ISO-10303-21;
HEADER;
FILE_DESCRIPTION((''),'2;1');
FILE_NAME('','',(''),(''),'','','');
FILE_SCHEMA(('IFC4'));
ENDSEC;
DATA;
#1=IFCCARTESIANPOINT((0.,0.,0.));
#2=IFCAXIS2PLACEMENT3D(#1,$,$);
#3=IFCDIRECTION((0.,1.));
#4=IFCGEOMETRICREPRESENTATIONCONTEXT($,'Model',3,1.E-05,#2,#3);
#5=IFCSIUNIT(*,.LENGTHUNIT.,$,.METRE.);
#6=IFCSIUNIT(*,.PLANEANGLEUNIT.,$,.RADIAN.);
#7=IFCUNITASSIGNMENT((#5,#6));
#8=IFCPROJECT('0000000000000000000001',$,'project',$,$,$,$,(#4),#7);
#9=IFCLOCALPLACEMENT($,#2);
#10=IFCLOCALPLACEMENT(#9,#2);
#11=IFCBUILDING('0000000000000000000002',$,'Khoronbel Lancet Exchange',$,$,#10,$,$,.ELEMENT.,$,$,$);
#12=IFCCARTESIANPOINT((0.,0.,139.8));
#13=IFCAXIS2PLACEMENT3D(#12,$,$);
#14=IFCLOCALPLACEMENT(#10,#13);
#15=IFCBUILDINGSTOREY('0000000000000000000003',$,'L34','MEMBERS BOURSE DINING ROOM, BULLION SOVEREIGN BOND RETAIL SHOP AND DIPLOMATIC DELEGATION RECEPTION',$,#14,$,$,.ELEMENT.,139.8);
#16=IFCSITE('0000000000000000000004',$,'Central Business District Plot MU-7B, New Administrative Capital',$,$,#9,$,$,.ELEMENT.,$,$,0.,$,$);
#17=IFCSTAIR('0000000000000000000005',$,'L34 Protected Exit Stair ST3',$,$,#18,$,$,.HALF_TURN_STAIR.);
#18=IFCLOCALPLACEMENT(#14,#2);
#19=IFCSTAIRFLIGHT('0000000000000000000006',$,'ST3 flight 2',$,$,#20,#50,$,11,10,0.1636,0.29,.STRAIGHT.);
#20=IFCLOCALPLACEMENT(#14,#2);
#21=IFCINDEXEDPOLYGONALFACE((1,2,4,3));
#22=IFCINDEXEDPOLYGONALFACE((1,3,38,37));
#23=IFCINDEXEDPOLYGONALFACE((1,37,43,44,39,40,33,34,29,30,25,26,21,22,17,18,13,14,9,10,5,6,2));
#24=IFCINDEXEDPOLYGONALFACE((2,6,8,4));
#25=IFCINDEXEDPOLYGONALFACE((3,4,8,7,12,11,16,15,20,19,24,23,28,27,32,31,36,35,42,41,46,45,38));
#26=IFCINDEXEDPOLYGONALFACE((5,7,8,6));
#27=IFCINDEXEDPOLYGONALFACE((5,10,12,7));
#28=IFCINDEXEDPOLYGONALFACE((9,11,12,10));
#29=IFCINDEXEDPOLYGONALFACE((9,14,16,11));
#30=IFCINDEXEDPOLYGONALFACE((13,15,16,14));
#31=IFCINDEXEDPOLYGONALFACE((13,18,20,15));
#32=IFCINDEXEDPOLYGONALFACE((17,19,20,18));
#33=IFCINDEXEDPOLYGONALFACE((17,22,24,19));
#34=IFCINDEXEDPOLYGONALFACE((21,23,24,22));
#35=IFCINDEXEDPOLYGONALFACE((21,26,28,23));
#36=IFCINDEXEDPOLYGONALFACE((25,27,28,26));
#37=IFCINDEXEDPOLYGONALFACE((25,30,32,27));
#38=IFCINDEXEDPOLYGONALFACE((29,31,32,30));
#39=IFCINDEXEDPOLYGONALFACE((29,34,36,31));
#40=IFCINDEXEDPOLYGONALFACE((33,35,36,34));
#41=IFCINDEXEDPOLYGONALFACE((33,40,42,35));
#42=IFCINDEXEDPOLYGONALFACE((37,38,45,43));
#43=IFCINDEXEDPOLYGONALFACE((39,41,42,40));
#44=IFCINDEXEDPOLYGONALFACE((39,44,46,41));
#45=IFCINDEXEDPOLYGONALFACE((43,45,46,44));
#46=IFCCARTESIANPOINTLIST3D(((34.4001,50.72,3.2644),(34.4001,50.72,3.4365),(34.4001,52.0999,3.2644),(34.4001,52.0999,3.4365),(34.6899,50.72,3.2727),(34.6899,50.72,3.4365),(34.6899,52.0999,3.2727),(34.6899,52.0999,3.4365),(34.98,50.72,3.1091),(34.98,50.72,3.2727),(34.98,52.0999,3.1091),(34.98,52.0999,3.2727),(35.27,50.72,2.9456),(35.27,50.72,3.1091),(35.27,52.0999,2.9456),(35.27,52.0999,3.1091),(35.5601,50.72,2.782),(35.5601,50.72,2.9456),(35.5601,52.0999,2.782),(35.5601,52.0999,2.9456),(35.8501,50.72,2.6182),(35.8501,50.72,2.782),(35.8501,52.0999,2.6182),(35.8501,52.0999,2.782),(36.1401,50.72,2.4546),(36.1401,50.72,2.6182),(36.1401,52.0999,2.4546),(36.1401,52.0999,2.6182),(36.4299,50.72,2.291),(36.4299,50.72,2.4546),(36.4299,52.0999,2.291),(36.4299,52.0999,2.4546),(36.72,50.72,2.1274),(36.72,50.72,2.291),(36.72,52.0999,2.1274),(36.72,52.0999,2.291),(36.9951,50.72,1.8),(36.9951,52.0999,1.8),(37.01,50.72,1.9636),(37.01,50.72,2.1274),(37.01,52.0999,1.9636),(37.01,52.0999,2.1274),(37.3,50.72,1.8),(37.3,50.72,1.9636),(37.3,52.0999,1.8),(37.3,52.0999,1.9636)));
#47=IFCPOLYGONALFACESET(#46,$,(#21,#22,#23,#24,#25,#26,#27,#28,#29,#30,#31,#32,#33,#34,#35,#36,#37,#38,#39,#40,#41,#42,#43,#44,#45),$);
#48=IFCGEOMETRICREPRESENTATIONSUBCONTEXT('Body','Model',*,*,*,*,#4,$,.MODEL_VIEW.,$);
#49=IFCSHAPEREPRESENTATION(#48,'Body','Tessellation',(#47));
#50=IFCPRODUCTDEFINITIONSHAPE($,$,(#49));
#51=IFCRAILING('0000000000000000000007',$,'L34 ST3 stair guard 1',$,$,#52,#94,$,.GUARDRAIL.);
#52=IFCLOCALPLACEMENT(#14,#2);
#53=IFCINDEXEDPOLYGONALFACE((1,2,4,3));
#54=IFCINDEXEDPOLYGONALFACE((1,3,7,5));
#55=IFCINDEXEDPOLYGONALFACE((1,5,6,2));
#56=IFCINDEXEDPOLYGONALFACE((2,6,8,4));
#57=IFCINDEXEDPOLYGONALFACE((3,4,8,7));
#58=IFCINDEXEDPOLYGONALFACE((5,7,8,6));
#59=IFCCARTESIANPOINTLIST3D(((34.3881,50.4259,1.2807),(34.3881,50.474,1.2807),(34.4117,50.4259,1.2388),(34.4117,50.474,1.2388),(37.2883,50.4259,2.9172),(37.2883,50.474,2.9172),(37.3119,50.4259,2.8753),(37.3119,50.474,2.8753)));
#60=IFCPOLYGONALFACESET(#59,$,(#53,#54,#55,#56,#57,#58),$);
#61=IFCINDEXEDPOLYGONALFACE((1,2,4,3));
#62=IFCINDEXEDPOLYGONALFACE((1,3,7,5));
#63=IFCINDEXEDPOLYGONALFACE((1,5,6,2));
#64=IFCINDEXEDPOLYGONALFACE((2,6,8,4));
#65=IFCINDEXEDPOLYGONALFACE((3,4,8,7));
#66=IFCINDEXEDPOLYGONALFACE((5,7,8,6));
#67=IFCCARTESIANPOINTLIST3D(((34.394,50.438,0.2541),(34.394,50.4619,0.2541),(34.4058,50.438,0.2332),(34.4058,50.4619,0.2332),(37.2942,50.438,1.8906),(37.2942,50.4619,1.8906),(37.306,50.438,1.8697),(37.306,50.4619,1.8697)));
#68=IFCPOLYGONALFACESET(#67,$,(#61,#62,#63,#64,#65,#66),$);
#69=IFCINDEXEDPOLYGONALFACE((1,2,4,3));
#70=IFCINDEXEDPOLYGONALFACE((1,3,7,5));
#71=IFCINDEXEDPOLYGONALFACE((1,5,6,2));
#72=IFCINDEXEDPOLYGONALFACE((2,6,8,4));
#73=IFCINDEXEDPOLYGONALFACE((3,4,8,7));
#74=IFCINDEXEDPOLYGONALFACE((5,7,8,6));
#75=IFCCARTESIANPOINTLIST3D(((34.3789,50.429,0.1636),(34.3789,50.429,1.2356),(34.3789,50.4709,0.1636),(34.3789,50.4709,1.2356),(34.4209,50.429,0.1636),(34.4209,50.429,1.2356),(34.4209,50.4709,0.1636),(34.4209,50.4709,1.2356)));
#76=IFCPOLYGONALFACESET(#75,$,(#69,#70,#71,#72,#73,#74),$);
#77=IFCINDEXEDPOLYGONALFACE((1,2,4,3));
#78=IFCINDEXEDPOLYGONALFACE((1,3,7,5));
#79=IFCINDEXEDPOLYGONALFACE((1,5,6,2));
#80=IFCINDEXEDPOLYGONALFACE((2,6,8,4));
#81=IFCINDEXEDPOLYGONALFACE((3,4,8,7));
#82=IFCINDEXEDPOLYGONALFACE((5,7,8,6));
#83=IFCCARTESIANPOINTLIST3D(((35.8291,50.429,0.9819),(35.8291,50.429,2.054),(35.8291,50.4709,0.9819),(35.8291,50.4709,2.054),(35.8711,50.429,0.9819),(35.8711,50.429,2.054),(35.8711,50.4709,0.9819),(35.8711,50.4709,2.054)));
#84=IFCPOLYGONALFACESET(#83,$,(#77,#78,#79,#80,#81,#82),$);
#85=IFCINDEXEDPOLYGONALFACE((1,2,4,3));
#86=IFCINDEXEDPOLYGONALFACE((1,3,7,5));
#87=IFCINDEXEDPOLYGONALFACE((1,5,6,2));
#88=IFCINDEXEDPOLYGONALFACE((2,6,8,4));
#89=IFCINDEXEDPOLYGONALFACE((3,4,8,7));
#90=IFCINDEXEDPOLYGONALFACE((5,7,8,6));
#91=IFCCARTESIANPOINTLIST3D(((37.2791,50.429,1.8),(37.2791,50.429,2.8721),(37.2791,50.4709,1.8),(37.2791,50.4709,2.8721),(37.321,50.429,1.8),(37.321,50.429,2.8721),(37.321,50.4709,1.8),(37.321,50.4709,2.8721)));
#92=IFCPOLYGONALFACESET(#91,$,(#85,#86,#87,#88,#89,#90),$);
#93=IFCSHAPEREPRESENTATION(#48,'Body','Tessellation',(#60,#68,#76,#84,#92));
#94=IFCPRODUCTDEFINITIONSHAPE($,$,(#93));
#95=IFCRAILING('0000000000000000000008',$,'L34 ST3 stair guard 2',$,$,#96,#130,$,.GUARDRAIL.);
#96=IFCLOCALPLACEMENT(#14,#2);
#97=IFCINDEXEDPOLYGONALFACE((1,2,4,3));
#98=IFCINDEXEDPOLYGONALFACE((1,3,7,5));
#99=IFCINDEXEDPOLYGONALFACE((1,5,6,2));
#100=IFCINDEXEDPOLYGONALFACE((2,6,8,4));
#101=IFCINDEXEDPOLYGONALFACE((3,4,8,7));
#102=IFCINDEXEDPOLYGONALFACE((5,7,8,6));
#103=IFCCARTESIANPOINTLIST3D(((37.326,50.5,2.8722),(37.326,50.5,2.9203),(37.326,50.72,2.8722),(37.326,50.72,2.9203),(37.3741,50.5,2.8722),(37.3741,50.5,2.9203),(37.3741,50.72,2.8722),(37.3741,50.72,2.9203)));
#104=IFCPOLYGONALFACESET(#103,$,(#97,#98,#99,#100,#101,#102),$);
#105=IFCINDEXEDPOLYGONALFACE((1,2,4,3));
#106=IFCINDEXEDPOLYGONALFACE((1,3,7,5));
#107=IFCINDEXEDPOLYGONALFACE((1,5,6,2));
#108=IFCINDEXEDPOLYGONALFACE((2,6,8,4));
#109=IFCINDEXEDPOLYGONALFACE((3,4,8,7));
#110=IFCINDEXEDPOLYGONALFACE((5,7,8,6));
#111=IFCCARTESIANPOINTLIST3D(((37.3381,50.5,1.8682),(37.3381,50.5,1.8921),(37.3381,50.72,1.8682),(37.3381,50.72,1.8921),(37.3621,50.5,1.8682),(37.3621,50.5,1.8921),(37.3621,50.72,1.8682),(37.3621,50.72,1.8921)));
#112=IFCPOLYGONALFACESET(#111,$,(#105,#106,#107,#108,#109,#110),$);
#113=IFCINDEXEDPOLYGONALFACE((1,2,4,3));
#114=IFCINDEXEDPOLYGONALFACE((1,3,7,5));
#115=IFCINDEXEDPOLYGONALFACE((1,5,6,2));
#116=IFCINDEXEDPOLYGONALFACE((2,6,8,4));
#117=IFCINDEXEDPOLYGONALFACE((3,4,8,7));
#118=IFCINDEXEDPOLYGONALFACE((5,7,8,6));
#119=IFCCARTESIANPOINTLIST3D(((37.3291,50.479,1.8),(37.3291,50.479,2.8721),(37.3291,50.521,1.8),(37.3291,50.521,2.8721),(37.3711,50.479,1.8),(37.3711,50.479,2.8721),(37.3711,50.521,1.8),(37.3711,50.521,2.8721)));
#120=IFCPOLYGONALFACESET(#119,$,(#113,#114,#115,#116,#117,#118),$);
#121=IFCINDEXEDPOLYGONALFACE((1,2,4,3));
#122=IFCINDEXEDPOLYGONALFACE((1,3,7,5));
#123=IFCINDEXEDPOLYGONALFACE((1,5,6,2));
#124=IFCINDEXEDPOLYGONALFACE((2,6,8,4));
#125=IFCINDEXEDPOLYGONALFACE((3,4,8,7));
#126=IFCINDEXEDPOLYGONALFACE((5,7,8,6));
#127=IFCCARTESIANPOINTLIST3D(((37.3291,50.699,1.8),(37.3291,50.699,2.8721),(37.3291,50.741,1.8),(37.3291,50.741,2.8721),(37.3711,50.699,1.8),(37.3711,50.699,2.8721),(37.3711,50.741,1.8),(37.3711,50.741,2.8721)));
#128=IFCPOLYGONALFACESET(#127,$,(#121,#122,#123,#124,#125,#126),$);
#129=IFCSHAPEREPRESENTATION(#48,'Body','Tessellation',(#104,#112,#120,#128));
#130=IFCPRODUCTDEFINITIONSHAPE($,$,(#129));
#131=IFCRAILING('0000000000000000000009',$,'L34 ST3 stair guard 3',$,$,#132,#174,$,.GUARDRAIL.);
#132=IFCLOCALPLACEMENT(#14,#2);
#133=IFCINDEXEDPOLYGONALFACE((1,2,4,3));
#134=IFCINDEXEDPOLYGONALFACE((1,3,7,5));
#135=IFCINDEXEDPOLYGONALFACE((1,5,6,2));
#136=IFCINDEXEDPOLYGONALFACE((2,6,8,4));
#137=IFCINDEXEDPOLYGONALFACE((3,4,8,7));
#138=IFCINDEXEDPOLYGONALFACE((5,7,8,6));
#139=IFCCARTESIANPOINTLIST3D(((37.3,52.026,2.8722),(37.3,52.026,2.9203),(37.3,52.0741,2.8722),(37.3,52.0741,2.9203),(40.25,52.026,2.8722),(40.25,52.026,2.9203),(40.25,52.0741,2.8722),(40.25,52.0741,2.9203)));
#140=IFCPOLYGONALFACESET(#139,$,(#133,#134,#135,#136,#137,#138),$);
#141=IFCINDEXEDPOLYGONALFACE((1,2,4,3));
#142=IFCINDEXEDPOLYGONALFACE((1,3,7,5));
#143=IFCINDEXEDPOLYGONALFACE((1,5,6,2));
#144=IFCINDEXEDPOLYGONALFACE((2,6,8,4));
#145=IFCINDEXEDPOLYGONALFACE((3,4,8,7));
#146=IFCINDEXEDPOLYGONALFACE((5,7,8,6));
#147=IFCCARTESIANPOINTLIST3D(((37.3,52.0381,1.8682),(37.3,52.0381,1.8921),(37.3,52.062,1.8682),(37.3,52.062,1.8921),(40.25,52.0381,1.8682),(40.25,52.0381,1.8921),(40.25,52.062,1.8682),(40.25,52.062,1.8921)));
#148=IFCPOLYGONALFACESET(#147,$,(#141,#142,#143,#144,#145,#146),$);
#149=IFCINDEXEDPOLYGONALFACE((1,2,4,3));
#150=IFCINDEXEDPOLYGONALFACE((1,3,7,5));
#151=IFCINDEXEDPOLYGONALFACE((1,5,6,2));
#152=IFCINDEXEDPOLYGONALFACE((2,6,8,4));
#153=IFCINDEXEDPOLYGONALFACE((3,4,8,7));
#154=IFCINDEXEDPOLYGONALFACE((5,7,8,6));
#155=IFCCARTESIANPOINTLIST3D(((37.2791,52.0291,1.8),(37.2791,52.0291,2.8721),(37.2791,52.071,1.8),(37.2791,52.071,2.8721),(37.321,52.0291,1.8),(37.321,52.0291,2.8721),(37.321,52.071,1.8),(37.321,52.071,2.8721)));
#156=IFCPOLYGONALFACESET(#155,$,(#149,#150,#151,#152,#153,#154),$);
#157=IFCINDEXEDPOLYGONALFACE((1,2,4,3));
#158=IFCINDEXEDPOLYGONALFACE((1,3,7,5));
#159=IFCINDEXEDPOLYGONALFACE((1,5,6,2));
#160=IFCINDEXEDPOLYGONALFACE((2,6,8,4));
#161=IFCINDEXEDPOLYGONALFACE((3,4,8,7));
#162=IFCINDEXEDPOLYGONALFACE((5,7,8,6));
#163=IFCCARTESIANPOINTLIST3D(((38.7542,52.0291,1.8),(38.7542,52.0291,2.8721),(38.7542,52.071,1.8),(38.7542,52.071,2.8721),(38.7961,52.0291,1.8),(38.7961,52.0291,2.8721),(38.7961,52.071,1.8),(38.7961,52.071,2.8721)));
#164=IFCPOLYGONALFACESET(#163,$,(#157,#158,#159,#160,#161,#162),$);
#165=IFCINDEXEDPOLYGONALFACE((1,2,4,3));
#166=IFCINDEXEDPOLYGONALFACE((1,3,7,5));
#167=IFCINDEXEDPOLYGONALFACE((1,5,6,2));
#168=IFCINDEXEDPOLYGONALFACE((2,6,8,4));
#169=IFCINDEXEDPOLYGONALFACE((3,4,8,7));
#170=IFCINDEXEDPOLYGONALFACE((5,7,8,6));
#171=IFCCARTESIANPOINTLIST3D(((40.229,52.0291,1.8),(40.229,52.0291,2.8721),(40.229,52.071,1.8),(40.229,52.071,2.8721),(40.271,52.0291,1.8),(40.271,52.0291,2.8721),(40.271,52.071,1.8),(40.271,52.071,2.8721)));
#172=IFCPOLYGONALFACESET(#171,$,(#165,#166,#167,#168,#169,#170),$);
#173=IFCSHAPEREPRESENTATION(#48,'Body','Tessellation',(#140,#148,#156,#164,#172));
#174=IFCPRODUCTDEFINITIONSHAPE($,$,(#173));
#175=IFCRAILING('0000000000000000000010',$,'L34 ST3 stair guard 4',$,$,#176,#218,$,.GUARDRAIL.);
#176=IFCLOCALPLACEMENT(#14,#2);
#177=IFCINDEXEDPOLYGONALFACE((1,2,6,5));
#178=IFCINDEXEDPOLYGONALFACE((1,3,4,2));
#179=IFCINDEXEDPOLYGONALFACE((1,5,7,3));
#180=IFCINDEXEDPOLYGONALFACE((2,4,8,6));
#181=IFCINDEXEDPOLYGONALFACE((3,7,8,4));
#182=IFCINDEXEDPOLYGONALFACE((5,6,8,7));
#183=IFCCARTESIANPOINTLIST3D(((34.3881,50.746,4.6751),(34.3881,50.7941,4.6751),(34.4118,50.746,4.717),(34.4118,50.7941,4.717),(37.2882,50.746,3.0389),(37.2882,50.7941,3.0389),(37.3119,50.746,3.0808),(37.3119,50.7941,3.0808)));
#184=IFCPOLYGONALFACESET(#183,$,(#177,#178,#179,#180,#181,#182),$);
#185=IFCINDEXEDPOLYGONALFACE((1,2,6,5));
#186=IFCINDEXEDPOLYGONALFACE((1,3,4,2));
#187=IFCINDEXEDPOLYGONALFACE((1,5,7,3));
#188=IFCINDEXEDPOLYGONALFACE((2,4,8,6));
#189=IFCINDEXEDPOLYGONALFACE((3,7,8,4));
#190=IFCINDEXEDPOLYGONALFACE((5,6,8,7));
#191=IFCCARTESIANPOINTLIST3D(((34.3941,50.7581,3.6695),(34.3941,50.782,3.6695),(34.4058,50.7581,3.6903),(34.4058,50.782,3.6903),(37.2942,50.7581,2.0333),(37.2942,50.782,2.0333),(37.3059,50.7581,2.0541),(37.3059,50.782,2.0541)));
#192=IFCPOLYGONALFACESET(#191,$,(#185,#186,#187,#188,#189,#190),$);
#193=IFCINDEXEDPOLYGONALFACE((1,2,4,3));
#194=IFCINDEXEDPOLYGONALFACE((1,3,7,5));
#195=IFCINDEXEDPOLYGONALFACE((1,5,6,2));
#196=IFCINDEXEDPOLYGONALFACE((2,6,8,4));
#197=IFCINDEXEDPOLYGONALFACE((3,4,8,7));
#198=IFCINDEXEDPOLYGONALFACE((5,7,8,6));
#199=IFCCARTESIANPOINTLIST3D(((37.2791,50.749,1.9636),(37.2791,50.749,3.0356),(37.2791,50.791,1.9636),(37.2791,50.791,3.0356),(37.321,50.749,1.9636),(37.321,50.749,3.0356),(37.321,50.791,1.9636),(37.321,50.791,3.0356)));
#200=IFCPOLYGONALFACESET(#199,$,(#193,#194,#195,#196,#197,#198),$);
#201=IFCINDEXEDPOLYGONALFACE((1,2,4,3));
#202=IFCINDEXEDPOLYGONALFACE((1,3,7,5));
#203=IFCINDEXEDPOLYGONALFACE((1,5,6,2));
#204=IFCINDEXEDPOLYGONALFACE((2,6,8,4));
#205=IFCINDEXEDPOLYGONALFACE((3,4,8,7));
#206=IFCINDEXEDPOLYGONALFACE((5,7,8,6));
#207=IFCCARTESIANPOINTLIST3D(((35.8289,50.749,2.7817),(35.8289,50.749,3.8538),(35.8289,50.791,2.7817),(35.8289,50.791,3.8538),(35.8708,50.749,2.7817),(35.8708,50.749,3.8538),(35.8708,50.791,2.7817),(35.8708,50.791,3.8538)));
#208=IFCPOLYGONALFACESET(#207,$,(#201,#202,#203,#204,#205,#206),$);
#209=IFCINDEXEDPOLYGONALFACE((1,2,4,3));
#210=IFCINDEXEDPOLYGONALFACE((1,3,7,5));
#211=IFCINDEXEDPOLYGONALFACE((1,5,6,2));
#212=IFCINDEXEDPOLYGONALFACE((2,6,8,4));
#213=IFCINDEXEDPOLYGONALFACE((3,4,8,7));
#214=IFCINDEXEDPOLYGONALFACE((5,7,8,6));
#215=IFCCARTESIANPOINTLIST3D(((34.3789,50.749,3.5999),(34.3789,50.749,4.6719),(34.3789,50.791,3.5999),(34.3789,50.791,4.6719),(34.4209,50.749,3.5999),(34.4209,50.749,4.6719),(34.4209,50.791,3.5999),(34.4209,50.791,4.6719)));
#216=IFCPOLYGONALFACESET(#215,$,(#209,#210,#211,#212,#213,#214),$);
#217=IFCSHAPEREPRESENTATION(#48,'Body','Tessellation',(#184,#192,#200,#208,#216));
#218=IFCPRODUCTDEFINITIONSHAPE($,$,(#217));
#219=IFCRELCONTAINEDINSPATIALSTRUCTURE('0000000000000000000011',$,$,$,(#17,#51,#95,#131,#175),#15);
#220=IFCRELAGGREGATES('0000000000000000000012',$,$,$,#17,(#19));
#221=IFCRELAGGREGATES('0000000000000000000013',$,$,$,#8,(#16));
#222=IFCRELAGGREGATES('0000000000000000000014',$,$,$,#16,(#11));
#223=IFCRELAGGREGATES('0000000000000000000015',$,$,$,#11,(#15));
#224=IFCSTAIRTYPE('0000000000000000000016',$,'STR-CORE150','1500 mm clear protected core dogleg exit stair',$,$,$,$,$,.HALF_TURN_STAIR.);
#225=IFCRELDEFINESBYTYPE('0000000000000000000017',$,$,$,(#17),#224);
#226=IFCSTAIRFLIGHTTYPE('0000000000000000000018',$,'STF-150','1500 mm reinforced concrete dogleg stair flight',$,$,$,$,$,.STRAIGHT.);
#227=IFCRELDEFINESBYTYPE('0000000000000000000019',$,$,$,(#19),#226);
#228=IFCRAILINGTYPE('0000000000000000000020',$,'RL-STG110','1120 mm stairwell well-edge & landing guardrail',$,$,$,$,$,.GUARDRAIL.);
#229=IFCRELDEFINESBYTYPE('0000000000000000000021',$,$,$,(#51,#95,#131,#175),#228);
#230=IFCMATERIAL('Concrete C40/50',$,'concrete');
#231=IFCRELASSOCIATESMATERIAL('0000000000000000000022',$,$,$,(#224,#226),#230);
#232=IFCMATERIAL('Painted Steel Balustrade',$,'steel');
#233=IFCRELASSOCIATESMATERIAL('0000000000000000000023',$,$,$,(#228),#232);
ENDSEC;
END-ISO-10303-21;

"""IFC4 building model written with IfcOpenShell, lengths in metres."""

from ifc_helpers import new_model, si_unit, direction, frame, origin, origin_2d, place, context, subcontext, project, spatial, polyline, rectangle, outline, extrude, material, type_object, element, aggregate, save


model = new_model("IFC4")

# Units and contexts
model_context = context("Model", 3, precision=1e-05, world=origin(), true_north=direction((0.0, 1.0)))
body_context = subcontext(model_context, "Body", "Model", "MODEL_VIEW")
ifc_project = project(units=[si_unit("LENGTHUNIT", "METRE"), si_unit("PLANEANGLEUNIT", "RADIAN")], contexts=[model_context])

# Site, building, storey
site_placement = place(None, origin())
site = spatial("IfcSite", under=ifc_project, at=site_placement, Name="Central Business District Plot MU-7B, New Administrative Capital", CompositionType="ELEMENT", RefElevation=0.0)
building_placement = place(site_placement, origin())
building = spatial("IfcBuilding", under=site, at=building_placement, Name="Khoronbel Lancet Exchange", CompositionType="ELEMENT")
storey_placement = place(building_placement, frame((0.0, 0.0, 139.8)))
storey = spatial("IfcBuildingStorey", under=building, at=storey_placement, Name="L34", Description="MEMBERS BOURSE DINING ROOM, BULLION SOVEREIGN BOND RETAIL SHOP AND DIPLOMATIC DELEGATION RECEPTION", CompositionType="ELEMENT", Elevation=139.8)

# Stair, stair flight
ifc_material_1 = material(Name="Concrete C40/50", Category="concrete")
stair_type = type_object("IfcStairType", Name="STR-CORE150", Description="1500 mm clear protected core dogleg exit stair", PredefinedType="HALF_TURN_STAIR", material=ifc_material_1)
stair_placement = place(storey_placement, origin())
stair = element("IfcStair", 1, at=stair_placement, inside=storey, type_object=stair_type, Name="L34 Protected Exit Stair ST3", PredefinedType="HALF_TURN_STAIR")
stair_flight_type = type_object("IfcStairFlightType", Name="STF-150", Description="1500 mm reinforced concrete dogleg stair flight", PredefinedType="STRAIGHT", material=ifc_material_1)
stair_flight_1_placement = place(storey_placement, frame((37.3, 51.4099, 1.8), z_axis=(0.0, 0.0, 1.0), x_axis=(-1.0, 0.0, 0.0)))
stair_flight_1 = element("IfcStairFlight", 2, at=stair_flight_1_placement, type_object=stair_flight_type, Name="ST3 flight 2", NumberOfRisers=11, NumberOfTreads=10, PredefinedType="STRAIGHT", RiserHeight=0.1636, TreadLength=0.29, context=body_context, shape_type="SweptSolid", body=[
    extrude(outline(polyline([(0.0, 0.0), (0.0, 0.1636), (0.29, 0.1636), (0.29, 0.3274), (0.5801, 0.3274), (0.5801, 0.491), (0.8701, 0.491), (0.8701, 0.6545), (1.1599, 0.6545), (1.1599, 0.8181), (1.45, 0.8181), (1.45, 0.9819), (1.74, 0.9819), (1.74, 1.1455), (2.03, 1.1455), (2.03, 1.3091), (2.3201, 1.3091), (2.3201, 1.4727), (2.6101, 1.4727), (2.6101, 1.6365), (2.8999, 1.6365), (2.8999, 1.8), (2.8999, 1.4644), (0.3049, 0.0), (0.0, 0.0)])), frame((0.0, 0.6899, 0.0), z_axis=(0.0, -1.0, 0.0), x_axis=(1.0, 0.0, 0.0)), (0.0, 0.0, 1.0), 1.3799),
])
aggregate(stair, [stair_flight_1])

# Railings
ifc_material_2 = material(Name="Painted Steel Balustrade", Category="steel")
railing_type_1 = type_object("IfcRailingType", Name="RL-STG110", Description="1120 mm stairwell well-edge & landing guardrail", PredefinedType="GUARDRAIL", material=ifc_material_2)
railing_1_placement = place(storey_placement, frame((34.3999, 50.45, 0.1636)))
element("IfcRailing", 3, at=railing_1_placement, inside=storey, type_object=railing_type_1, Name="L34 ST3 stair guard 1", PredefinedType="GUARDRAIL", context=body_context, shape_type="SweptSolid", body=[
    extrude(rectangle(XDim=0.0481, YDim=0.0481, at=origin_2d()), frame((0.0, 0.0, 1.0962), z_axis=(0.870915, 0.0, 0.491434), x_axis=(0.0, 1.0, 0.0)), (0.0, 0.0, 1.0), 3.3301),
    extrude(rectangle(XDim=0.0239, YDim=0.0239, at=origin_2d()), frame((0.0, 0.0, 0.0801), z_axis=(0.870915, 0.0, 0.491434), x_axis=(0.0, 1.0, 0.0)), (0.0, 0.0, 1.0), 3.3301),
    extrude(rectangle(XDim=0.042, YDim=0.042, at=origin_2d()), origin(), (0.0, 0.0, 1.0), 1.072),
    extrude(rectangle(XDim=0.042, YDim=0.042, at=origin_2d()), frame((1.4502, 0.0, 0.8184)), (0.0, 0.0, 1.0), 1.072),
    extrude(rectangle(XDim=0.042, YDim=0.042, at=origin_2d()), frame((2.9001, 0.0, 1.6365)), (0.0, 0.0, 1.0), 1.072),
])
railing_2_placement = place(storey_placement, frame((37.3501, 50.5, 1.8)))
element("IfcRailing", 4, at=railing_2_placement, inside=storey, type_object=railing_type_1, Name="L34 ST3 stair guard 2", PredefinedType="GUARDRAIL", context=body_context, shape_type="SweptSolid", body=[
    extrude(rectangle(XDim=0.0481, YDim=0.0481, at=origin_2d()), frame((0.0, 0.0, 1.0962), z_axis=(0.0, 1.0, 0.0), x_axis=(-1.0, 0.0, 0.0)), (0.0, 0.0, 1.0), 0.22),
    extrude(rectangle(XDim=0.0239, YDim=0.0239, at=origin_2d()), frame((0.0, 0.0, 0.0801), z_axis=(0.0, 1.0, 0.0), x_axis=(-1.0, 0.0, 0.0)), (0.0, 0.0, 1.0), 0.22),
    extrude(rectangle(XDim=0.042, YDim=0.042, at=origin_2d()), origin(), (0.0, 0.0, 1.0), 1.072),
    extrude(rectangle(XDim=0.042, YDim=0.042, at=origin_2d()), frame((0.0, 0.22, 0.0)), (0.0, 0.0, 1.0), 1.072),
])
railing_3_placement = place(storey_placement, frame((37.3, 52.05, 1.8)))
element("IfcRailing", 5, at=railing_3_placement, inside=storey, type_object=railing_type_1, Name="L34 ST3 stair guard 3", PredefinedType="GUARDRAIL", context=body_context, shape_type="SweptSolid", body=[
    extrude(rectangle(XDim=0.0481, YDim=0.0481, at=origin_2d()), frame((0.0, 0.0, 1.0962), z_axis=(1.0, 0.0, 0.0), x_axis=(0.0, 1.0, 0.0)), (0.0, 0.0, 1.0), 2.95),
    extrude(rectangle(XDim=0.0239, YDim=0.0239, at=origin_2d()), frame((0.0, 0.0, 0.0801), z_axis=(1.0, 0.0, 0.0), x_axis=(0.0, 1.0, 0.0)), (0.0, 0.0, 1.0), 2.95),
    extrude(rectangle(XDim=0.042, YDim=0.042, at=origin_2d()), origin(), (0.0, 0.0, 1.0), 1.072),
    extrude(rectangle(XDim=0.042, YDim=0.042, at=origin_2d()), frame((1.4751, 0.0, 0.0)), (0.0, 0.0, 1.0), 1.072),
    extrude(rectangle(XDim=0.042, YDim=0.042, at=origin_2d()), frame((2.95, 0.0, 0.0)), (0.0, 0.0, 1.0), 1.072),
])
railing_4_placement = place(storey_placement, frame((37.3, 50.77, 1.9636)))
element("IfcRailing", 6, at=railing_4_placement, inside=storey, type_object=railing_type_1, Name="L34 ST3 stair guard 4", PredefinedType="GUARDRAIL", context=body_context, shape_type="SweptSolid", body=[
    extrude(rectangle(XDim=0.0481, YDim=0.0481, at=origin_2d()), frame((0.0, 0.0, 1.0962), z_axis=(-0.870946, 0.0, 0.491378), x_axis=(0.0, -1.0, 0.0)), (0.0, 0.0, 1.0), 3.3298),
    extrude(rectangle(XDim=0.0239, YDim=0.0239, at=origin_2d()), frame((0.0, 0.0, 0.0801), z_axis=(-0.870946, 0.0, 0.491378), x_axis=(0.0, -1.0, 0.0)), (0.0, 0.0, 1.0), 3.3298),
    extrude(rectangle(XDim=0.042, YDim=0.042, at=origin_2d()), origin(), (0.0, 0.0, 1.0), 1.072),
    extrude(rectangle(XDim=0.042, YDim=0.042, at=origin_2d()), frame((-1.4502, 0.0, 0.8181)), (0.0, 0.0, 1.0), 1.072),
    extrude(rectangle(XDim=0.042, YDim=0.042, at=origin_2d()), frame((-2.9001, 0.0, 1.6362)), (0.0, 0.0, 1.0), 1.072),
])

save(model, "model.ifc")
